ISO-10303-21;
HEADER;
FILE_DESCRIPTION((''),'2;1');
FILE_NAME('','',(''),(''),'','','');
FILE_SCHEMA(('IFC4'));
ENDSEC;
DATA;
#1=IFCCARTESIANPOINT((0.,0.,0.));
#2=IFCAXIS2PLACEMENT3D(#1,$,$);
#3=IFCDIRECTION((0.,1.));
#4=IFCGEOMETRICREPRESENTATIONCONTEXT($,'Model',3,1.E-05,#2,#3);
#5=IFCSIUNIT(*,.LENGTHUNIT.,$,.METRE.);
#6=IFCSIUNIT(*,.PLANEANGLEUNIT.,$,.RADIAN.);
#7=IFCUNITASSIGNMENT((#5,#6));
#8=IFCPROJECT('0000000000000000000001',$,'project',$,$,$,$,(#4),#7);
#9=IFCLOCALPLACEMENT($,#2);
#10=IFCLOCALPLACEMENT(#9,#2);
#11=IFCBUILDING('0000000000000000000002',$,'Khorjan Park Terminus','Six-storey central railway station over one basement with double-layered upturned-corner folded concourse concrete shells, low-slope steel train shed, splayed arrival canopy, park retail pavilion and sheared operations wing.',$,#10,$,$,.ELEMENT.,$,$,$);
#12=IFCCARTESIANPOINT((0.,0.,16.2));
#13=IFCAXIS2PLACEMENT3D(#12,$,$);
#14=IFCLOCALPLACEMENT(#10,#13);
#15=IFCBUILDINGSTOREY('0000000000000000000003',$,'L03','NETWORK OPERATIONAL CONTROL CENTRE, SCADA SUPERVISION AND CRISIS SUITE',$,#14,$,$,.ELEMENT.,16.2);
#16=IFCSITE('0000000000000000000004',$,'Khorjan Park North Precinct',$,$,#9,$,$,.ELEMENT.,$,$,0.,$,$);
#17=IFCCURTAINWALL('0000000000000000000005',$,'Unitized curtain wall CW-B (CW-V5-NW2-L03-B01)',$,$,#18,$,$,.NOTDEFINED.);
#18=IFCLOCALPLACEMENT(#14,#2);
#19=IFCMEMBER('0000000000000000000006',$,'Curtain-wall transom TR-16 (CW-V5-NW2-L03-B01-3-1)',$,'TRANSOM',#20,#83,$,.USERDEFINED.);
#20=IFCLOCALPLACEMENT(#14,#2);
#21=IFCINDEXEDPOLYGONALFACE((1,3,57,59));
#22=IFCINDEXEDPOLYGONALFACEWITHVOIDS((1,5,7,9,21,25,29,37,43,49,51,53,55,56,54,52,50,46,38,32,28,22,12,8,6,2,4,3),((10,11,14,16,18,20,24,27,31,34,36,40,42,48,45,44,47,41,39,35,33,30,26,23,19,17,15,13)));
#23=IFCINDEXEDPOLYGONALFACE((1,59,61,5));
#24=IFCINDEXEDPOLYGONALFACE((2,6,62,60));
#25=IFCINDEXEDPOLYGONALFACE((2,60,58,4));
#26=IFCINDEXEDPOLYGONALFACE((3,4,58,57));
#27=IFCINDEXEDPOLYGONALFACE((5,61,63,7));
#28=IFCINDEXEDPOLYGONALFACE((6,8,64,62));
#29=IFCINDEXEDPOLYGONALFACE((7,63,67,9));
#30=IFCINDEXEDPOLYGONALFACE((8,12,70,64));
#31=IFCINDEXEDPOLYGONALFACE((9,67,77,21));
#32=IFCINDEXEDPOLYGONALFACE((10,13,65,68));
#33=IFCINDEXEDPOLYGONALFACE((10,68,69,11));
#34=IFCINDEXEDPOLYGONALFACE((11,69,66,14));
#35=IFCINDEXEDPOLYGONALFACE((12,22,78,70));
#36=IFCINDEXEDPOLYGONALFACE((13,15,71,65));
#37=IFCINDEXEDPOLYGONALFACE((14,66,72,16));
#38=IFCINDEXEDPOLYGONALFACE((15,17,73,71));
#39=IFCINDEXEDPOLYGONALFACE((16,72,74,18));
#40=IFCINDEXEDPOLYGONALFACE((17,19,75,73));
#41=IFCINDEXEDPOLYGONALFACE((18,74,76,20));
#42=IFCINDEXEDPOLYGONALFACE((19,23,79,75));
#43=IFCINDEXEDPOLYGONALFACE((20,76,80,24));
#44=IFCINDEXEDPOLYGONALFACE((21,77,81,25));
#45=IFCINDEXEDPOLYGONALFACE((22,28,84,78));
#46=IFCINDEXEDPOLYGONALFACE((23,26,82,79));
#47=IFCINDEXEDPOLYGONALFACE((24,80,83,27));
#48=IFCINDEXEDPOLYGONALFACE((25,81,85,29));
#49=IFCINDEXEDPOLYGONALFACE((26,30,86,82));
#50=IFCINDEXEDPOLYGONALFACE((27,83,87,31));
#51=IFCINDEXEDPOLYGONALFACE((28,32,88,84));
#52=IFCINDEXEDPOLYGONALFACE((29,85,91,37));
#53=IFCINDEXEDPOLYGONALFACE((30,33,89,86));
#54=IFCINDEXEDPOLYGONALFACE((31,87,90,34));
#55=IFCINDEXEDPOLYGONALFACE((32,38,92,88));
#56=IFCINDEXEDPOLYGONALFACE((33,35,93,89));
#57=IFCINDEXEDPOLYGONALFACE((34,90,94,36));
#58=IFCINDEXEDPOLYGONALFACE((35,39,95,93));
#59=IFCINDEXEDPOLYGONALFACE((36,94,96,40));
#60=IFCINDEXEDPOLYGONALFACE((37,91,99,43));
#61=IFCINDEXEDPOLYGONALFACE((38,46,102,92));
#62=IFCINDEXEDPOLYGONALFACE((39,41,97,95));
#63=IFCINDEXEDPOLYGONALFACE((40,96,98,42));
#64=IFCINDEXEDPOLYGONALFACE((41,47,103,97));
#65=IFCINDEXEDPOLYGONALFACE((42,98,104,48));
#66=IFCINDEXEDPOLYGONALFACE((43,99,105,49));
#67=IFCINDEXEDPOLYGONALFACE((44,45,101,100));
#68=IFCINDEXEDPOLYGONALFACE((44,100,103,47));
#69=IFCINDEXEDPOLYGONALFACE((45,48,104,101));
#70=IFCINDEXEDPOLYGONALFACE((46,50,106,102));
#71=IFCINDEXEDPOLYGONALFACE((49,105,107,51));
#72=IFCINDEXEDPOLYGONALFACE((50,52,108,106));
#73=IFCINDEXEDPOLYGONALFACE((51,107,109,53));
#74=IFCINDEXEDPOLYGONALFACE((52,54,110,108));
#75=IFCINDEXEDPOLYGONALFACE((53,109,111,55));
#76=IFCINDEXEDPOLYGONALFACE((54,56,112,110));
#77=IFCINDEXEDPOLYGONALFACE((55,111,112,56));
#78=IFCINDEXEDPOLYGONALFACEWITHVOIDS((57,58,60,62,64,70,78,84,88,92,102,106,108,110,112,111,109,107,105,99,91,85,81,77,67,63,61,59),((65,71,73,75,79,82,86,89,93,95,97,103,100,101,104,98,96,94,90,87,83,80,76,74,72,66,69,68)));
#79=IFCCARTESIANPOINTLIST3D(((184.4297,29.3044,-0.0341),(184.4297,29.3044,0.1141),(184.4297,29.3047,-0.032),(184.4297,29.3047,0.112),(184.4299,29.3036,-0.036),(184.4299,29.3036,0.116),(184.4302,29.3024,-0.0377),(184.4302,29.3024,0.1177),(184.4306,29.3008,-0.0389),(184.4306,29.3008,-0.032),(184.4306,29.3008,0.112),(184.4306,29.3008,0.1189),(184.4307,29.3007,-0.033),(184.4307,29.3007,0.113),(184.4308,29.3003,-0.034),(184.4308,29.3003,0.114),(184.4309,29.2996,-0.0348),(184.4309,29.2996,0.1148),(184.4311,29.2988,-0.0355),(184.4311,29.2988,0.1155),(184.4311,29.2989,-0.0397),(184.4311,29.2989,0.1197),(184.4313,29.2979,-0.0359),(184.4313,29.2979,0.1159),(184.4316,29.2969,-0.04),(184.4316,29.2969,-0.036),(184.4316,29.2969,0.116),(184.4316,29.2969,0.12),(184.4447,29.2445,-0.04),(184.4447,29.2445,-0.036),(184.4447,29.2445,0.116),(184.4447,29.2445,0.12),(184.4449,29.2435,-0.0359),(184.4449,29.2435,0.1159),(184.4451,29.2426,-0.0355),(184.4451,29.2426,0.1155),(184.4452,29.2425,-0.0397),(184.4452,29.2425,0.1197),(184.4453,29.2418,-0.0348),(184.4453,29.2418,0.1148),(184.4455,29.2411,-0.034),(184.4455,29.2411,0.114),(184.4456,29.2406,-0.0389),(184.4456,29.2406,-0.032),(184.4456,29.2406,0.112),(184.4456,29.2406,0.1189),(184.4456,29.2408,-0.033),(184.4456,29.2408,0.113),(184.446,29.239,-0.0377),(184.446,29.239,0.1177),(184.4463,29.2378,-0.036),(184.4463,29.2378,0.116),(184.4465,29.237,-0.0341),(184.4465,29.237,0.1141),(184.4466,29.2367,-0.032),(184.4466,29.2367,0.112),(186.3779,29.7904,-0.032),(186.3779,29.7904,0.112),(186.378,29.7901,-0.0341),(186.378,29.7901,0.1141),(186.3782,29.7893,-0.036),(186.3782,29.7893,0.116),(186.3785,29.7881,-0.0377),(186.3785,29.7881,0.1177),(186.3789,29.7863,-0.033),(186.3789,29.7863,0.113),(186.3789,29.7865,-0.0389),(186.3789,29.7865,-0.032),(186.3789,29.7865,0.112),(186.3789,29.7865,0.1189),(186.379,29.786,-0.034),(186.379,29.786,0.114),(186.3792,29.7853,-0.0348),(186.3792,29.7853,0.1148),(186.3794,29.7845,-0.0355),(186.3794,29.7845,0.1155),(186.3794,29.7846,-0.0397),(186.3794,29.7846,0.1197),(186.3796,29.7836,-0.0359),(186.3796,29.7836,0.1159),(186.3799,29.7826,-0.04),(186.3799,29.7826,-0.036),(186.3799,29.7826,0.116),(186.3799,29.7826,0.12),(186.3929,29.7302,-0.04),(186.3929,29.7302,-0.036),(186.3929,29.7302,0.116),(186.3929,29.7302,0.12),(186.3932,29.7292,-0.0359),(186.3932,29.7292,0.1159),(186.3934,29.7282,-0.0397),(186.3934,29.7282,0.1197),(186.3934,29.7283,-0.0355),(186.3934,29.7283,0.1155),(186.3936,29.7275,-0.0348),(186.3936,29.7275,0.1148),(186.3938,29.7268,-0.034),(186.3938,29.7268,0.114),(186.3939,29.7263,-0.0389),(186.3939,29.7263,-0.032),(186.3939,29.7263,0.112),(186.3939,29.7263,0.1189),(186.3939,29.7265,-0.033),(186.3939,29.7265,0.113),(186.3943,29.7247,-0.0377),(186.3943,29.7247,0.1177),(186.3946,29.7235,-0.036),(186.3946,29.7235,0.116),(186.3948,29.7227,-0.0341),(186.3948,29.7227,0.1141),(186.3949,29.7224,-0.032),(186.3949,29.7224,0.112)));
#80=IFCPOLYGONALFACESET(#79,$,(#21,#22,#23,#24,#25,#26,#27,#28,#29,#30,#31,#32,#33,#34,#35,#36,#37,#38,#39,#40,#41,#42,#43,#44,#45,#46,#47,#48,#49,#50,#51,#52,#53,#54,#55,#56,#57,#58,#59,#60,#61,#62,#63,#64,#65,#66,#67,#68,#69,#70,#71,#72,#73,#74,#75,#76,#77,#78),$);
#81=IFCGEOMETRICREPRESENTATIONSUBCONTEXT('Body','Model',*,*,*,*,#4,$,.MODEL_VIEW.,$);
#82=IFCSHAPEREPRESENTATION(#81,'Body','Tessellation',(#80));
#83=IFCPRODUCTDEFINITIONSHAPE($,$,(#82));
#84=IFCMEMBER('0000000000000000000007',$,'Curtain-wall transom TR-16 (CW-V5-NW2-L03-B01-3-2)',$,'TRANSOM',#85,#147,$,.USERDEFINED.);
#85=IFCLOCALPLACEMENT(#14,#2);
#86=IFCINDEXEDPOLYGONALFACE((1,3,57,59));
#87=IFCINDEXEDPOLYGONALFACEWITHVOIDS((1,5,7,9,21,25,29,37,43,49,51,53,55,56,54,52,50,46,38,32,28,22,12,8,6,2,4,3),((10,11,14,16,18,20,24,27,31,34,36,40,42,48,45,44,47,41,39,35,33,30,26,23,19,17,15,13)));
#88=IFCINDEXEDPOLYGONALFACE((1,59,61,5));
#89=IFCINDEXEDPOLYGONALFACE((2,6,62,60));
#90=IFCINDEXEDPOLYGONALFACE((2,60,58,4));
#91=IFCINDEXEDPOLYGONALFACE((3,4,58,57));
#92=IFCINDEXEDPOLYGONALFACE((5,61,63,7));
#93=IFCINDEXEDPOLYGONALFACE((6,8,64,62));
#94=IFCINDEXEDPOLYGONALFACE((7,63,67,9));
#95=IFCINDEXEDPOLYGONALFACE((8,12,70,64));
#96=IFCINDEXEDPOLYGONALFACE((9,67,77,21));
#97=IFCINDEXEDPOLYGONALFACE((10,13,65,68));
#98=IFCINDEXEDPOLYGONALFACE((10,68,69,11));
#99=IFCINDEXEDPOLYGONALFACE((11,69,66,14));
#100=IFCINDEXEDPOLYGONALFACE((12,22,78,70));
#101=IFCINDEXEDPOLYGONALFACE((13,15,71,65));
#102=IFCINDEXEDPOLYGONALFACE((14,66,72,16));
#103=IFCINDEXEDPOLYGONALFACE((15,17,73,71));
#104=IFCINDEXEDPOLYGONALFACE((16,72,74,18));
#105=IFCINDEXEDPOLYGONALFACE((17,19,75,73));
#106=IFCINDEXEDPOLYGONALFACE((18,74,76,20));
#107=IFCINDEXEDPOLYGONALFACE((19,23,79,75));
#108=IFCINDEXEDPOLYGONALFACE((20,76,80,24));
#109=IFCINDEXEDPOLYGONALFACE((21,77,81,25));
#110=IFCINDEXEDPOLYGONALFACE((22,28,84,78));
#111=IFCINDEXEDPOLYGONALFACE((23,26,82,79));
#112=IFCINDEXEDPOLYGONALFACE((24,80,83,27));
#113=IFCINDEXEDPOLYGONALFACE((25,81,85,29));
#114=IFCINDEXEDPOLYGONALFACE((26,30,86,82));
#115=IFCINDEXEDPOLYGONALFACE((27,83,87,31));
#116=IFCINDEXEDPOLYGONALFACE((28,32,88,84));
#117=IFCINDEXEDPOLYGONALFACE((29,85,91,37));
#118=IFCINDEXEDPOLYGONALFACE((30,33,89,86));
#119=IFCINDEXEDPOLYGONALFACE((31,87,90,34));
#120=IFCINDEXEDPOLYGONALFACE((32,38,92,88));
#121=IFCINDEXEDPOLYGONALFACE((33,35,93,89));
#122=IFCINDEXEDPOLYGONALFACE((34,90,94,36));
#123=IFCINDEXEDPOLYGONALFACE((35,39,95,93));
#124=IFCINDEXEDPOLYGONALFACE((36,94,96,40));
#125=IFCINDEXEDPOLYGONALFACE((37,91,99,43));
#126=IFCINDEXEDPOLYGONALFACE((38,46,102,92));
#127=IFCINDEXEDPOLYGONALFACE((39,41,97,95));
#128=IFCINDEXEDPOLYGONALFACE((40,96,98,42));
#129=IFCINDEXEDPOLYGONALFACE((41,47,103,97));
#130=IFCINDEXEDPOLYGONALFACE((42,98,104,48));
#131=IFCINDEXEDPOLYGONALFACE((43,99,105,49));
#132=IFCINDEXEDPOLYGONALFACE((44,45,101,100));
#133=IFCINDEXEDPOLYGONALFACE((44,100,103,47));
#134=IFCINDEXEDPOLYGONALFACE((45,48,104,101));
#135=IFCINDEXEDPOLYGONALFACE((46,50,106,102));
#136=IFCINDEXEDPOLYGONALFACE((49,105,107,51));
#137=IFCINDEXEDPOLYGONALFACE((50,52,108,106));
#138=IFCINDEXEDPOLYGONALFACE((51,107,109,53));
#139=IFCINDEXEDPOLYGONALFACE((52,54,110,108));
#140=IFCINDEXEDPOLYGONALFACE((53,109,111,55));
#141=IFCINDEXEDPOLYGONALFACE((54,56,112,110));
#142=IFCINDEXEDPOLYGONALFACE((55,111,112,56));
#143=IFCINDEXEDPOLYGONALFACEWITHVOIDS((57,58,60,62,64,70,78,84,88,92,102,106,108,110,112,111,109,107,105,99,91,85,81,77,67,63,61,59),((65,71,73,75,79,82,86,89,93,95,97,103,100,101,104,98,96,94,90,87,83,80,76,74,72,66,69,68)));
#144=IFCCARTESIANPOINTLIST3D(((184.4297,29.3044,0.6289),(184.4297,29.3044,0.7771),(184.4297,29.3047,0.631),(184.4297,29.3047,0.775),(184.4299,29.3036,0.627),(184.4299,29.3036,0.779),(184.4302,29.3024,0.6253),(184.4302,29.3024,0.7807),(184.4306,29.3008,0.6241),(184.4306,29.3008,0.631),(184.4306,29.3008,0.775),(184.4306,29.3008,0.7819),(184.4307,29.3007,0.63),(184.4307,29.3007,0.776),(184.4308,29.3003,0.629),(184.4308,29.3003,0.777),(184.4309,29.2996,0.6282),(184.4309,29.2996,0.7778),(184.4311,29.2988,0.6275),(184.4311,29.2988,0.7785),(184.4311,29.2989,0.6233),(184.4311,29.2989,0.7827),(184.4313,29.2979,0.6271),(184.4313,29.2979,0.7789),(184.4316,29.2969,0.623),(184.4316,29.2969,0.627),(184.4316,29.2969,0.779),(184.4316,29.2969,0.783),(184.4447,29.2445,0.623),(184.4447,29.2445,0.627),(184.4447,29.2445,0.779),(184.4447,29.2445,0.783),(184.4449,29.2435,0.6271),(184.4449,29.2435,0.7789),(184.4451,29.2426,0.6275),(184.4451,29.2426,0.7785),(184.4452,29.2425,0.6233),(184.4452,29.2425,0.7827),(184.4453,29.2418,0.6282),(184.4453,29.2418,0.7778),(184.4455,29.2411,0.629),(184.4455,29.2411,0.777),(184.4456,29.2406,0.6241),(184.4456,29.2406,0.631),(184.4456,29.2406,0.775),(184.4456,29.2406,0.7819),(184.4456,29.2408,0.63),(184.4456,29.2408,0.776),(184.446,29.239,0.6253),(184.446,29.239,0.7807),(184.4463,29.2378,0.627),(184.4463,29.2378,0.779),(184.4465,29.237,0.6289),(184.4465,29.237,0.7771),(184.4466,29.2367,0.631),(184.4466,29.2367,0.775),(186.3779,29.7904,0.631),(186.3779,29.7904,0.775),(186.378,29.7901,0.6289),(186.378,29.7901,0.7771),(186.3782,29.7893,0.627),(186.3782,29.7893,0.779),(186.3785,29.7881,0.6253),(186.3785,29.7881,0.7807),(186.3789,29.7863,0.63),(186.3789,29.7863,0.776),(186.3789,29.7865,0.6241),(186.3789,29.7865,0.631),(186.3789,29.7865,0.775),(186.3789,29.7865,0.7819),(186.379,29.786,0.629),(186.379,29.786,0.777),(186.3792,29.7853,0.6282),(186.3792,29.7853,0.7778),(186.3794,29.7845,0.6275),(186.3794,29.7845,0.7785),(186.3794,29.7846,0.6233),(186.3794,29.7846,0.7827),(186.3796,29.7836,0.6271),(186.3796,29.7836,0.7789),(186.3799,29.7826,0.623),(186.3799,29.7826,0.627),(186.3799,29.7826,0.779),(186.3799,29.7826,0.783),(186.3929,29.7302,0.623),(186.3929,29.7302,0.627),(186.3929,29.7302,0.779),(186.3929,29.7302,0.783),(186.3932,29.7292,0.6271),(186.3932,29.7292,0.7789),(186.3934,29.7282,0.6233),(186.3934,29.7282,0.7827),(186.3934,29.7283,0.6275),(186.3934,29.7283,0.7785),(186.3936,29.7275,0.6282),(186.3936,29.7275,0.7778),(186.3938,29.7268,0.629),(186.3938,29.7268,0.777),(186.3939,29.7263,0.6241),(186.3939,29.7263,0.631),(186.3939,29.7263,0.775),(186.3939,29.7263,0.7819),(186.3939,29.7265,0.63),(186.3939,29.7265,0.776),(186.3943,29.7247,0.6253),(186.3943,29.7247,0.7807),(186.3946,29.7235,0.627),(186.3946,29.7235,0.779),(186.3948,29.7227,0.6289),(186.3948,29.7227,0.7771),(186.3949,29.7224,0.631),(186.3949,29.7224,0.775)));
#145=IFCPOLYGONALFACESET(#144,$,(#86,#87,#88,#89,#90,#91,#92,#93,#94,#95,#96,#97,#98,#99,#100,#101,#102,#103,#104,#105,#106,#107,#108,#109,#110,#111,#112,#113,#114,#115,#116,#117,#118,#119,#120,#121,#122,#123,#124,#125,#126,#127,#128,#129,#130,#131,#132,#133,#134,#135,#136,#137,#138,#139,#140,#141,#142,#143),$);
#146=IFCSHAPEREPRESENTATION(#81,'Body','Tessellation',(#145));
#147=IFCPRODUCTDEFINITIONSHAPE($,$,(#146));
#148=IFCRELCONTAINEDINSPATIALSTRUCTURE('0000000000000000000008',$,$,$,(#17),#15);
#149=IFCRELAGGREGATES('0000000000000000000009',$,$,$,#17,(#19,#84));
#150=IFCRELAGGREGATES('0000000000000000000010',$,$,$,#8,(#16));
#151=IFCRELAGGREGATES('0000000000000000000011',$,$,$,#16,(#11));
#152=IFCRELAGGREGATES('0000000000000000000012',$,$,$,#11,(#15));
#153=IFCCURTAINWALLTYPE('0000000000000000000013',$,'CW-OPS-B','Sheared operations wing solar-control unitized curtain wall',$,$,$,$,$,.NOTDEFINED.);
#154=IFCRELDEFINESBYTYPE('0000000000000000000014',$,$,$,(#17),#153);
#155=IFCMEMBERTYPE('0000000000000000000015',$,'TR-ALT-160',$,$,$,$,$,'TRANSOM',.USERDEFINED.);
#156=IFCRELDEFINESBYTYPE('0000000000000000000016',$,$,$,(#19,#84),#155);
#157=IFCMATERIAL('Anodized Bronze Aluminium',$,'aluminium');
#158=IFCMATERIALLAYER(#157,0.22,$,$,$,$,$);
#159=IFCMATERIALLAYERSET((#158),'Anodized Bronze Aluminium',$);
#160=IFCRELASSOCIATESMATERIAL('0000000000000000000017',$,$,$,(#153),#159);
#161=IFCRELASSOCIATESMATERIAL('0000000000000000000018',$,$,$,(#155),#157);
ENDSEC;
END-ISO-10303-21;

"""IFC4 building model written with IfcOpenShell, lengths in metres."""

from ifc_helpers import new_model, si_unit, direction, frame, origin, origin_2d, place, context, subcontext, project, spatial, hollow_rectangle, extrude, material, layer, layer_set, material_profile, profile_set, type_object, element, aggregate, save


model = new_model("IFC4")

# Units and contexts
model_context = context("Model", 3, precision=1e-05, world=origin(), true_north=direction((0.0, 1.0)))
body_context = subcontext(model_context, "Body", "Model", "MODEL_VIEW")
ifc_project = project(units=[si_unit("LENGTHUNIT", "METRE"), si_unit("PLANEANGLEUNIT", "RADIAN")], contexts=[model_context])

# Site, building, storey
site_placement = place(None, origin())
site = spatial("IfcSite", under=ifc_project, at=site_placement, Name="Khorjan Park North Precinct", CompositionType="ELEMENT", RefElevation=0.0)
building_placement = place(site_placement, origin())
building = spatial("IfcBuilding", under=site, at=building_placement, Name="Khorjan Park Terminus", Description="Six-storey central railway station over one basement with double-layered upturned-corner folded concourse concrete shells, low-slope steel train shed, splayed arrival canopy, park retail pavilion and sheared operations wing.", CompositionType="ELEMENT")
storey_placement = place(building_placement, frame((0.0, 0.0, 16.2)))
storey = spatial("IfcBuildingStorey", under=building, at=storey_placement, Name="L03", Description="NETWORK OPERATIONAL CONTROL CENTRE, SCADA SUPERVISION AND CRISIS SUITE", CompositionType="ELEMENT", Elevation=16.2)

# Curtain wall
ifc_material_1 = material(Name="Anodized Bronze Aluminium", Category="aluminium")
ifc_layer_1 = layer(ifc_material_1, 0.22)
ifc_layer_set_1 = layer_set([ifc_layer_1], Name="Anodized Bronze Aluminium")
curtain_wall_type = type_object("IfcCurtainWallType", Name="CW-OPS-B", Description="Sheared operations wing solar-control unitized curtain wall", PredefinedType="NOTDEFINED", material=ifc_layer_set_1)
curtain_wall_1_placement = place(storey_placement, origin())
curtain_wall_1 = element("IfcCurtainWall", 1, at=curtain_wall_1_placement, inside=storey, type_object=curtain_wall_type, Name="Unitized curtain wall CW-B (CW-V5-NW2-L03-B01)", PredefinedType="NOTDEFINED")

# Members
ifc_material_profile_1 = material_profile(ifc_material_1, hollow_rectangle(XDim=0.07, YDim=0.16, WallThickness=0.004, InnerFilletRadius=0.004, OuterFilletRadius=0.008, at=origin_2d()), Name="ALT 70x160x4")
ifc_profile_set_1 = profile_set([ifc_material_profile_1], Name="Anodized Bronze Aluminium")
member_type_1 = type_object("IfcMemberType", Name="TR-ALT-160", ElementType="TRANSOM", PredefinedType="USERDEFINED", material=ifc_profile_set_1)
member_1_placement = place(storey_placement, frame((186.3864, 29.7564, 0.04), z_axis=(-0.970303, -0.241891, 0.0), x_axis=(0.241891, -0.970303, 0.0)))
member_1 = element("IfcMember", 2, at=member_1_placement, type_object=member_type_1, Name="Curtain-wall transom TR-16 (CW-V5-NW2-L03-B01-3-1)", ObjectType="TRANSOM", PredefinedType="USERDEFINED", context=body_context, shape_type="SweptSolid", body=[
    extrude(hollow_rectangle(XDim=0.07, YDim=0.16, WallThickness=0.004, InnerFilletRadius=0.004, OuterFilletRadius=0.008, at=origin_2d()), origin(), (0.0, 0.0, 1.0), 2.0079),
])
member_2_placement = place(storey_placement, frame((186.3864, 29.7564, 0.703), z_axis=(-0.970303, -0.241891, 0.0), x_axis=(0.241891, -0.970303, 0.0)))
member_2 = element("IfcMember", 3, at=member_2_placement, type_object=member_type_1, Name="Curtain-wall transom TR-16 (CW-V5-NW2-L03-B01-3-2)", ObjectType="TRANSOM", PredefinedType="USERDEFINED", context=body_context, shape_type="SweptSolid", body=[
    extrude(hollow_rectangle(XDim=0.07, YDim=0.16, WallThickness=0.004, InnerFilletRadius=0.004, OuterFilletRadius=0.008, at=origin_2d()), origin(), (0.0, 0.0, 1.0), 2.0079),
])

aggregate(curtain_wall_1, [member_1, member_2])

save(model, "model.ifc")
